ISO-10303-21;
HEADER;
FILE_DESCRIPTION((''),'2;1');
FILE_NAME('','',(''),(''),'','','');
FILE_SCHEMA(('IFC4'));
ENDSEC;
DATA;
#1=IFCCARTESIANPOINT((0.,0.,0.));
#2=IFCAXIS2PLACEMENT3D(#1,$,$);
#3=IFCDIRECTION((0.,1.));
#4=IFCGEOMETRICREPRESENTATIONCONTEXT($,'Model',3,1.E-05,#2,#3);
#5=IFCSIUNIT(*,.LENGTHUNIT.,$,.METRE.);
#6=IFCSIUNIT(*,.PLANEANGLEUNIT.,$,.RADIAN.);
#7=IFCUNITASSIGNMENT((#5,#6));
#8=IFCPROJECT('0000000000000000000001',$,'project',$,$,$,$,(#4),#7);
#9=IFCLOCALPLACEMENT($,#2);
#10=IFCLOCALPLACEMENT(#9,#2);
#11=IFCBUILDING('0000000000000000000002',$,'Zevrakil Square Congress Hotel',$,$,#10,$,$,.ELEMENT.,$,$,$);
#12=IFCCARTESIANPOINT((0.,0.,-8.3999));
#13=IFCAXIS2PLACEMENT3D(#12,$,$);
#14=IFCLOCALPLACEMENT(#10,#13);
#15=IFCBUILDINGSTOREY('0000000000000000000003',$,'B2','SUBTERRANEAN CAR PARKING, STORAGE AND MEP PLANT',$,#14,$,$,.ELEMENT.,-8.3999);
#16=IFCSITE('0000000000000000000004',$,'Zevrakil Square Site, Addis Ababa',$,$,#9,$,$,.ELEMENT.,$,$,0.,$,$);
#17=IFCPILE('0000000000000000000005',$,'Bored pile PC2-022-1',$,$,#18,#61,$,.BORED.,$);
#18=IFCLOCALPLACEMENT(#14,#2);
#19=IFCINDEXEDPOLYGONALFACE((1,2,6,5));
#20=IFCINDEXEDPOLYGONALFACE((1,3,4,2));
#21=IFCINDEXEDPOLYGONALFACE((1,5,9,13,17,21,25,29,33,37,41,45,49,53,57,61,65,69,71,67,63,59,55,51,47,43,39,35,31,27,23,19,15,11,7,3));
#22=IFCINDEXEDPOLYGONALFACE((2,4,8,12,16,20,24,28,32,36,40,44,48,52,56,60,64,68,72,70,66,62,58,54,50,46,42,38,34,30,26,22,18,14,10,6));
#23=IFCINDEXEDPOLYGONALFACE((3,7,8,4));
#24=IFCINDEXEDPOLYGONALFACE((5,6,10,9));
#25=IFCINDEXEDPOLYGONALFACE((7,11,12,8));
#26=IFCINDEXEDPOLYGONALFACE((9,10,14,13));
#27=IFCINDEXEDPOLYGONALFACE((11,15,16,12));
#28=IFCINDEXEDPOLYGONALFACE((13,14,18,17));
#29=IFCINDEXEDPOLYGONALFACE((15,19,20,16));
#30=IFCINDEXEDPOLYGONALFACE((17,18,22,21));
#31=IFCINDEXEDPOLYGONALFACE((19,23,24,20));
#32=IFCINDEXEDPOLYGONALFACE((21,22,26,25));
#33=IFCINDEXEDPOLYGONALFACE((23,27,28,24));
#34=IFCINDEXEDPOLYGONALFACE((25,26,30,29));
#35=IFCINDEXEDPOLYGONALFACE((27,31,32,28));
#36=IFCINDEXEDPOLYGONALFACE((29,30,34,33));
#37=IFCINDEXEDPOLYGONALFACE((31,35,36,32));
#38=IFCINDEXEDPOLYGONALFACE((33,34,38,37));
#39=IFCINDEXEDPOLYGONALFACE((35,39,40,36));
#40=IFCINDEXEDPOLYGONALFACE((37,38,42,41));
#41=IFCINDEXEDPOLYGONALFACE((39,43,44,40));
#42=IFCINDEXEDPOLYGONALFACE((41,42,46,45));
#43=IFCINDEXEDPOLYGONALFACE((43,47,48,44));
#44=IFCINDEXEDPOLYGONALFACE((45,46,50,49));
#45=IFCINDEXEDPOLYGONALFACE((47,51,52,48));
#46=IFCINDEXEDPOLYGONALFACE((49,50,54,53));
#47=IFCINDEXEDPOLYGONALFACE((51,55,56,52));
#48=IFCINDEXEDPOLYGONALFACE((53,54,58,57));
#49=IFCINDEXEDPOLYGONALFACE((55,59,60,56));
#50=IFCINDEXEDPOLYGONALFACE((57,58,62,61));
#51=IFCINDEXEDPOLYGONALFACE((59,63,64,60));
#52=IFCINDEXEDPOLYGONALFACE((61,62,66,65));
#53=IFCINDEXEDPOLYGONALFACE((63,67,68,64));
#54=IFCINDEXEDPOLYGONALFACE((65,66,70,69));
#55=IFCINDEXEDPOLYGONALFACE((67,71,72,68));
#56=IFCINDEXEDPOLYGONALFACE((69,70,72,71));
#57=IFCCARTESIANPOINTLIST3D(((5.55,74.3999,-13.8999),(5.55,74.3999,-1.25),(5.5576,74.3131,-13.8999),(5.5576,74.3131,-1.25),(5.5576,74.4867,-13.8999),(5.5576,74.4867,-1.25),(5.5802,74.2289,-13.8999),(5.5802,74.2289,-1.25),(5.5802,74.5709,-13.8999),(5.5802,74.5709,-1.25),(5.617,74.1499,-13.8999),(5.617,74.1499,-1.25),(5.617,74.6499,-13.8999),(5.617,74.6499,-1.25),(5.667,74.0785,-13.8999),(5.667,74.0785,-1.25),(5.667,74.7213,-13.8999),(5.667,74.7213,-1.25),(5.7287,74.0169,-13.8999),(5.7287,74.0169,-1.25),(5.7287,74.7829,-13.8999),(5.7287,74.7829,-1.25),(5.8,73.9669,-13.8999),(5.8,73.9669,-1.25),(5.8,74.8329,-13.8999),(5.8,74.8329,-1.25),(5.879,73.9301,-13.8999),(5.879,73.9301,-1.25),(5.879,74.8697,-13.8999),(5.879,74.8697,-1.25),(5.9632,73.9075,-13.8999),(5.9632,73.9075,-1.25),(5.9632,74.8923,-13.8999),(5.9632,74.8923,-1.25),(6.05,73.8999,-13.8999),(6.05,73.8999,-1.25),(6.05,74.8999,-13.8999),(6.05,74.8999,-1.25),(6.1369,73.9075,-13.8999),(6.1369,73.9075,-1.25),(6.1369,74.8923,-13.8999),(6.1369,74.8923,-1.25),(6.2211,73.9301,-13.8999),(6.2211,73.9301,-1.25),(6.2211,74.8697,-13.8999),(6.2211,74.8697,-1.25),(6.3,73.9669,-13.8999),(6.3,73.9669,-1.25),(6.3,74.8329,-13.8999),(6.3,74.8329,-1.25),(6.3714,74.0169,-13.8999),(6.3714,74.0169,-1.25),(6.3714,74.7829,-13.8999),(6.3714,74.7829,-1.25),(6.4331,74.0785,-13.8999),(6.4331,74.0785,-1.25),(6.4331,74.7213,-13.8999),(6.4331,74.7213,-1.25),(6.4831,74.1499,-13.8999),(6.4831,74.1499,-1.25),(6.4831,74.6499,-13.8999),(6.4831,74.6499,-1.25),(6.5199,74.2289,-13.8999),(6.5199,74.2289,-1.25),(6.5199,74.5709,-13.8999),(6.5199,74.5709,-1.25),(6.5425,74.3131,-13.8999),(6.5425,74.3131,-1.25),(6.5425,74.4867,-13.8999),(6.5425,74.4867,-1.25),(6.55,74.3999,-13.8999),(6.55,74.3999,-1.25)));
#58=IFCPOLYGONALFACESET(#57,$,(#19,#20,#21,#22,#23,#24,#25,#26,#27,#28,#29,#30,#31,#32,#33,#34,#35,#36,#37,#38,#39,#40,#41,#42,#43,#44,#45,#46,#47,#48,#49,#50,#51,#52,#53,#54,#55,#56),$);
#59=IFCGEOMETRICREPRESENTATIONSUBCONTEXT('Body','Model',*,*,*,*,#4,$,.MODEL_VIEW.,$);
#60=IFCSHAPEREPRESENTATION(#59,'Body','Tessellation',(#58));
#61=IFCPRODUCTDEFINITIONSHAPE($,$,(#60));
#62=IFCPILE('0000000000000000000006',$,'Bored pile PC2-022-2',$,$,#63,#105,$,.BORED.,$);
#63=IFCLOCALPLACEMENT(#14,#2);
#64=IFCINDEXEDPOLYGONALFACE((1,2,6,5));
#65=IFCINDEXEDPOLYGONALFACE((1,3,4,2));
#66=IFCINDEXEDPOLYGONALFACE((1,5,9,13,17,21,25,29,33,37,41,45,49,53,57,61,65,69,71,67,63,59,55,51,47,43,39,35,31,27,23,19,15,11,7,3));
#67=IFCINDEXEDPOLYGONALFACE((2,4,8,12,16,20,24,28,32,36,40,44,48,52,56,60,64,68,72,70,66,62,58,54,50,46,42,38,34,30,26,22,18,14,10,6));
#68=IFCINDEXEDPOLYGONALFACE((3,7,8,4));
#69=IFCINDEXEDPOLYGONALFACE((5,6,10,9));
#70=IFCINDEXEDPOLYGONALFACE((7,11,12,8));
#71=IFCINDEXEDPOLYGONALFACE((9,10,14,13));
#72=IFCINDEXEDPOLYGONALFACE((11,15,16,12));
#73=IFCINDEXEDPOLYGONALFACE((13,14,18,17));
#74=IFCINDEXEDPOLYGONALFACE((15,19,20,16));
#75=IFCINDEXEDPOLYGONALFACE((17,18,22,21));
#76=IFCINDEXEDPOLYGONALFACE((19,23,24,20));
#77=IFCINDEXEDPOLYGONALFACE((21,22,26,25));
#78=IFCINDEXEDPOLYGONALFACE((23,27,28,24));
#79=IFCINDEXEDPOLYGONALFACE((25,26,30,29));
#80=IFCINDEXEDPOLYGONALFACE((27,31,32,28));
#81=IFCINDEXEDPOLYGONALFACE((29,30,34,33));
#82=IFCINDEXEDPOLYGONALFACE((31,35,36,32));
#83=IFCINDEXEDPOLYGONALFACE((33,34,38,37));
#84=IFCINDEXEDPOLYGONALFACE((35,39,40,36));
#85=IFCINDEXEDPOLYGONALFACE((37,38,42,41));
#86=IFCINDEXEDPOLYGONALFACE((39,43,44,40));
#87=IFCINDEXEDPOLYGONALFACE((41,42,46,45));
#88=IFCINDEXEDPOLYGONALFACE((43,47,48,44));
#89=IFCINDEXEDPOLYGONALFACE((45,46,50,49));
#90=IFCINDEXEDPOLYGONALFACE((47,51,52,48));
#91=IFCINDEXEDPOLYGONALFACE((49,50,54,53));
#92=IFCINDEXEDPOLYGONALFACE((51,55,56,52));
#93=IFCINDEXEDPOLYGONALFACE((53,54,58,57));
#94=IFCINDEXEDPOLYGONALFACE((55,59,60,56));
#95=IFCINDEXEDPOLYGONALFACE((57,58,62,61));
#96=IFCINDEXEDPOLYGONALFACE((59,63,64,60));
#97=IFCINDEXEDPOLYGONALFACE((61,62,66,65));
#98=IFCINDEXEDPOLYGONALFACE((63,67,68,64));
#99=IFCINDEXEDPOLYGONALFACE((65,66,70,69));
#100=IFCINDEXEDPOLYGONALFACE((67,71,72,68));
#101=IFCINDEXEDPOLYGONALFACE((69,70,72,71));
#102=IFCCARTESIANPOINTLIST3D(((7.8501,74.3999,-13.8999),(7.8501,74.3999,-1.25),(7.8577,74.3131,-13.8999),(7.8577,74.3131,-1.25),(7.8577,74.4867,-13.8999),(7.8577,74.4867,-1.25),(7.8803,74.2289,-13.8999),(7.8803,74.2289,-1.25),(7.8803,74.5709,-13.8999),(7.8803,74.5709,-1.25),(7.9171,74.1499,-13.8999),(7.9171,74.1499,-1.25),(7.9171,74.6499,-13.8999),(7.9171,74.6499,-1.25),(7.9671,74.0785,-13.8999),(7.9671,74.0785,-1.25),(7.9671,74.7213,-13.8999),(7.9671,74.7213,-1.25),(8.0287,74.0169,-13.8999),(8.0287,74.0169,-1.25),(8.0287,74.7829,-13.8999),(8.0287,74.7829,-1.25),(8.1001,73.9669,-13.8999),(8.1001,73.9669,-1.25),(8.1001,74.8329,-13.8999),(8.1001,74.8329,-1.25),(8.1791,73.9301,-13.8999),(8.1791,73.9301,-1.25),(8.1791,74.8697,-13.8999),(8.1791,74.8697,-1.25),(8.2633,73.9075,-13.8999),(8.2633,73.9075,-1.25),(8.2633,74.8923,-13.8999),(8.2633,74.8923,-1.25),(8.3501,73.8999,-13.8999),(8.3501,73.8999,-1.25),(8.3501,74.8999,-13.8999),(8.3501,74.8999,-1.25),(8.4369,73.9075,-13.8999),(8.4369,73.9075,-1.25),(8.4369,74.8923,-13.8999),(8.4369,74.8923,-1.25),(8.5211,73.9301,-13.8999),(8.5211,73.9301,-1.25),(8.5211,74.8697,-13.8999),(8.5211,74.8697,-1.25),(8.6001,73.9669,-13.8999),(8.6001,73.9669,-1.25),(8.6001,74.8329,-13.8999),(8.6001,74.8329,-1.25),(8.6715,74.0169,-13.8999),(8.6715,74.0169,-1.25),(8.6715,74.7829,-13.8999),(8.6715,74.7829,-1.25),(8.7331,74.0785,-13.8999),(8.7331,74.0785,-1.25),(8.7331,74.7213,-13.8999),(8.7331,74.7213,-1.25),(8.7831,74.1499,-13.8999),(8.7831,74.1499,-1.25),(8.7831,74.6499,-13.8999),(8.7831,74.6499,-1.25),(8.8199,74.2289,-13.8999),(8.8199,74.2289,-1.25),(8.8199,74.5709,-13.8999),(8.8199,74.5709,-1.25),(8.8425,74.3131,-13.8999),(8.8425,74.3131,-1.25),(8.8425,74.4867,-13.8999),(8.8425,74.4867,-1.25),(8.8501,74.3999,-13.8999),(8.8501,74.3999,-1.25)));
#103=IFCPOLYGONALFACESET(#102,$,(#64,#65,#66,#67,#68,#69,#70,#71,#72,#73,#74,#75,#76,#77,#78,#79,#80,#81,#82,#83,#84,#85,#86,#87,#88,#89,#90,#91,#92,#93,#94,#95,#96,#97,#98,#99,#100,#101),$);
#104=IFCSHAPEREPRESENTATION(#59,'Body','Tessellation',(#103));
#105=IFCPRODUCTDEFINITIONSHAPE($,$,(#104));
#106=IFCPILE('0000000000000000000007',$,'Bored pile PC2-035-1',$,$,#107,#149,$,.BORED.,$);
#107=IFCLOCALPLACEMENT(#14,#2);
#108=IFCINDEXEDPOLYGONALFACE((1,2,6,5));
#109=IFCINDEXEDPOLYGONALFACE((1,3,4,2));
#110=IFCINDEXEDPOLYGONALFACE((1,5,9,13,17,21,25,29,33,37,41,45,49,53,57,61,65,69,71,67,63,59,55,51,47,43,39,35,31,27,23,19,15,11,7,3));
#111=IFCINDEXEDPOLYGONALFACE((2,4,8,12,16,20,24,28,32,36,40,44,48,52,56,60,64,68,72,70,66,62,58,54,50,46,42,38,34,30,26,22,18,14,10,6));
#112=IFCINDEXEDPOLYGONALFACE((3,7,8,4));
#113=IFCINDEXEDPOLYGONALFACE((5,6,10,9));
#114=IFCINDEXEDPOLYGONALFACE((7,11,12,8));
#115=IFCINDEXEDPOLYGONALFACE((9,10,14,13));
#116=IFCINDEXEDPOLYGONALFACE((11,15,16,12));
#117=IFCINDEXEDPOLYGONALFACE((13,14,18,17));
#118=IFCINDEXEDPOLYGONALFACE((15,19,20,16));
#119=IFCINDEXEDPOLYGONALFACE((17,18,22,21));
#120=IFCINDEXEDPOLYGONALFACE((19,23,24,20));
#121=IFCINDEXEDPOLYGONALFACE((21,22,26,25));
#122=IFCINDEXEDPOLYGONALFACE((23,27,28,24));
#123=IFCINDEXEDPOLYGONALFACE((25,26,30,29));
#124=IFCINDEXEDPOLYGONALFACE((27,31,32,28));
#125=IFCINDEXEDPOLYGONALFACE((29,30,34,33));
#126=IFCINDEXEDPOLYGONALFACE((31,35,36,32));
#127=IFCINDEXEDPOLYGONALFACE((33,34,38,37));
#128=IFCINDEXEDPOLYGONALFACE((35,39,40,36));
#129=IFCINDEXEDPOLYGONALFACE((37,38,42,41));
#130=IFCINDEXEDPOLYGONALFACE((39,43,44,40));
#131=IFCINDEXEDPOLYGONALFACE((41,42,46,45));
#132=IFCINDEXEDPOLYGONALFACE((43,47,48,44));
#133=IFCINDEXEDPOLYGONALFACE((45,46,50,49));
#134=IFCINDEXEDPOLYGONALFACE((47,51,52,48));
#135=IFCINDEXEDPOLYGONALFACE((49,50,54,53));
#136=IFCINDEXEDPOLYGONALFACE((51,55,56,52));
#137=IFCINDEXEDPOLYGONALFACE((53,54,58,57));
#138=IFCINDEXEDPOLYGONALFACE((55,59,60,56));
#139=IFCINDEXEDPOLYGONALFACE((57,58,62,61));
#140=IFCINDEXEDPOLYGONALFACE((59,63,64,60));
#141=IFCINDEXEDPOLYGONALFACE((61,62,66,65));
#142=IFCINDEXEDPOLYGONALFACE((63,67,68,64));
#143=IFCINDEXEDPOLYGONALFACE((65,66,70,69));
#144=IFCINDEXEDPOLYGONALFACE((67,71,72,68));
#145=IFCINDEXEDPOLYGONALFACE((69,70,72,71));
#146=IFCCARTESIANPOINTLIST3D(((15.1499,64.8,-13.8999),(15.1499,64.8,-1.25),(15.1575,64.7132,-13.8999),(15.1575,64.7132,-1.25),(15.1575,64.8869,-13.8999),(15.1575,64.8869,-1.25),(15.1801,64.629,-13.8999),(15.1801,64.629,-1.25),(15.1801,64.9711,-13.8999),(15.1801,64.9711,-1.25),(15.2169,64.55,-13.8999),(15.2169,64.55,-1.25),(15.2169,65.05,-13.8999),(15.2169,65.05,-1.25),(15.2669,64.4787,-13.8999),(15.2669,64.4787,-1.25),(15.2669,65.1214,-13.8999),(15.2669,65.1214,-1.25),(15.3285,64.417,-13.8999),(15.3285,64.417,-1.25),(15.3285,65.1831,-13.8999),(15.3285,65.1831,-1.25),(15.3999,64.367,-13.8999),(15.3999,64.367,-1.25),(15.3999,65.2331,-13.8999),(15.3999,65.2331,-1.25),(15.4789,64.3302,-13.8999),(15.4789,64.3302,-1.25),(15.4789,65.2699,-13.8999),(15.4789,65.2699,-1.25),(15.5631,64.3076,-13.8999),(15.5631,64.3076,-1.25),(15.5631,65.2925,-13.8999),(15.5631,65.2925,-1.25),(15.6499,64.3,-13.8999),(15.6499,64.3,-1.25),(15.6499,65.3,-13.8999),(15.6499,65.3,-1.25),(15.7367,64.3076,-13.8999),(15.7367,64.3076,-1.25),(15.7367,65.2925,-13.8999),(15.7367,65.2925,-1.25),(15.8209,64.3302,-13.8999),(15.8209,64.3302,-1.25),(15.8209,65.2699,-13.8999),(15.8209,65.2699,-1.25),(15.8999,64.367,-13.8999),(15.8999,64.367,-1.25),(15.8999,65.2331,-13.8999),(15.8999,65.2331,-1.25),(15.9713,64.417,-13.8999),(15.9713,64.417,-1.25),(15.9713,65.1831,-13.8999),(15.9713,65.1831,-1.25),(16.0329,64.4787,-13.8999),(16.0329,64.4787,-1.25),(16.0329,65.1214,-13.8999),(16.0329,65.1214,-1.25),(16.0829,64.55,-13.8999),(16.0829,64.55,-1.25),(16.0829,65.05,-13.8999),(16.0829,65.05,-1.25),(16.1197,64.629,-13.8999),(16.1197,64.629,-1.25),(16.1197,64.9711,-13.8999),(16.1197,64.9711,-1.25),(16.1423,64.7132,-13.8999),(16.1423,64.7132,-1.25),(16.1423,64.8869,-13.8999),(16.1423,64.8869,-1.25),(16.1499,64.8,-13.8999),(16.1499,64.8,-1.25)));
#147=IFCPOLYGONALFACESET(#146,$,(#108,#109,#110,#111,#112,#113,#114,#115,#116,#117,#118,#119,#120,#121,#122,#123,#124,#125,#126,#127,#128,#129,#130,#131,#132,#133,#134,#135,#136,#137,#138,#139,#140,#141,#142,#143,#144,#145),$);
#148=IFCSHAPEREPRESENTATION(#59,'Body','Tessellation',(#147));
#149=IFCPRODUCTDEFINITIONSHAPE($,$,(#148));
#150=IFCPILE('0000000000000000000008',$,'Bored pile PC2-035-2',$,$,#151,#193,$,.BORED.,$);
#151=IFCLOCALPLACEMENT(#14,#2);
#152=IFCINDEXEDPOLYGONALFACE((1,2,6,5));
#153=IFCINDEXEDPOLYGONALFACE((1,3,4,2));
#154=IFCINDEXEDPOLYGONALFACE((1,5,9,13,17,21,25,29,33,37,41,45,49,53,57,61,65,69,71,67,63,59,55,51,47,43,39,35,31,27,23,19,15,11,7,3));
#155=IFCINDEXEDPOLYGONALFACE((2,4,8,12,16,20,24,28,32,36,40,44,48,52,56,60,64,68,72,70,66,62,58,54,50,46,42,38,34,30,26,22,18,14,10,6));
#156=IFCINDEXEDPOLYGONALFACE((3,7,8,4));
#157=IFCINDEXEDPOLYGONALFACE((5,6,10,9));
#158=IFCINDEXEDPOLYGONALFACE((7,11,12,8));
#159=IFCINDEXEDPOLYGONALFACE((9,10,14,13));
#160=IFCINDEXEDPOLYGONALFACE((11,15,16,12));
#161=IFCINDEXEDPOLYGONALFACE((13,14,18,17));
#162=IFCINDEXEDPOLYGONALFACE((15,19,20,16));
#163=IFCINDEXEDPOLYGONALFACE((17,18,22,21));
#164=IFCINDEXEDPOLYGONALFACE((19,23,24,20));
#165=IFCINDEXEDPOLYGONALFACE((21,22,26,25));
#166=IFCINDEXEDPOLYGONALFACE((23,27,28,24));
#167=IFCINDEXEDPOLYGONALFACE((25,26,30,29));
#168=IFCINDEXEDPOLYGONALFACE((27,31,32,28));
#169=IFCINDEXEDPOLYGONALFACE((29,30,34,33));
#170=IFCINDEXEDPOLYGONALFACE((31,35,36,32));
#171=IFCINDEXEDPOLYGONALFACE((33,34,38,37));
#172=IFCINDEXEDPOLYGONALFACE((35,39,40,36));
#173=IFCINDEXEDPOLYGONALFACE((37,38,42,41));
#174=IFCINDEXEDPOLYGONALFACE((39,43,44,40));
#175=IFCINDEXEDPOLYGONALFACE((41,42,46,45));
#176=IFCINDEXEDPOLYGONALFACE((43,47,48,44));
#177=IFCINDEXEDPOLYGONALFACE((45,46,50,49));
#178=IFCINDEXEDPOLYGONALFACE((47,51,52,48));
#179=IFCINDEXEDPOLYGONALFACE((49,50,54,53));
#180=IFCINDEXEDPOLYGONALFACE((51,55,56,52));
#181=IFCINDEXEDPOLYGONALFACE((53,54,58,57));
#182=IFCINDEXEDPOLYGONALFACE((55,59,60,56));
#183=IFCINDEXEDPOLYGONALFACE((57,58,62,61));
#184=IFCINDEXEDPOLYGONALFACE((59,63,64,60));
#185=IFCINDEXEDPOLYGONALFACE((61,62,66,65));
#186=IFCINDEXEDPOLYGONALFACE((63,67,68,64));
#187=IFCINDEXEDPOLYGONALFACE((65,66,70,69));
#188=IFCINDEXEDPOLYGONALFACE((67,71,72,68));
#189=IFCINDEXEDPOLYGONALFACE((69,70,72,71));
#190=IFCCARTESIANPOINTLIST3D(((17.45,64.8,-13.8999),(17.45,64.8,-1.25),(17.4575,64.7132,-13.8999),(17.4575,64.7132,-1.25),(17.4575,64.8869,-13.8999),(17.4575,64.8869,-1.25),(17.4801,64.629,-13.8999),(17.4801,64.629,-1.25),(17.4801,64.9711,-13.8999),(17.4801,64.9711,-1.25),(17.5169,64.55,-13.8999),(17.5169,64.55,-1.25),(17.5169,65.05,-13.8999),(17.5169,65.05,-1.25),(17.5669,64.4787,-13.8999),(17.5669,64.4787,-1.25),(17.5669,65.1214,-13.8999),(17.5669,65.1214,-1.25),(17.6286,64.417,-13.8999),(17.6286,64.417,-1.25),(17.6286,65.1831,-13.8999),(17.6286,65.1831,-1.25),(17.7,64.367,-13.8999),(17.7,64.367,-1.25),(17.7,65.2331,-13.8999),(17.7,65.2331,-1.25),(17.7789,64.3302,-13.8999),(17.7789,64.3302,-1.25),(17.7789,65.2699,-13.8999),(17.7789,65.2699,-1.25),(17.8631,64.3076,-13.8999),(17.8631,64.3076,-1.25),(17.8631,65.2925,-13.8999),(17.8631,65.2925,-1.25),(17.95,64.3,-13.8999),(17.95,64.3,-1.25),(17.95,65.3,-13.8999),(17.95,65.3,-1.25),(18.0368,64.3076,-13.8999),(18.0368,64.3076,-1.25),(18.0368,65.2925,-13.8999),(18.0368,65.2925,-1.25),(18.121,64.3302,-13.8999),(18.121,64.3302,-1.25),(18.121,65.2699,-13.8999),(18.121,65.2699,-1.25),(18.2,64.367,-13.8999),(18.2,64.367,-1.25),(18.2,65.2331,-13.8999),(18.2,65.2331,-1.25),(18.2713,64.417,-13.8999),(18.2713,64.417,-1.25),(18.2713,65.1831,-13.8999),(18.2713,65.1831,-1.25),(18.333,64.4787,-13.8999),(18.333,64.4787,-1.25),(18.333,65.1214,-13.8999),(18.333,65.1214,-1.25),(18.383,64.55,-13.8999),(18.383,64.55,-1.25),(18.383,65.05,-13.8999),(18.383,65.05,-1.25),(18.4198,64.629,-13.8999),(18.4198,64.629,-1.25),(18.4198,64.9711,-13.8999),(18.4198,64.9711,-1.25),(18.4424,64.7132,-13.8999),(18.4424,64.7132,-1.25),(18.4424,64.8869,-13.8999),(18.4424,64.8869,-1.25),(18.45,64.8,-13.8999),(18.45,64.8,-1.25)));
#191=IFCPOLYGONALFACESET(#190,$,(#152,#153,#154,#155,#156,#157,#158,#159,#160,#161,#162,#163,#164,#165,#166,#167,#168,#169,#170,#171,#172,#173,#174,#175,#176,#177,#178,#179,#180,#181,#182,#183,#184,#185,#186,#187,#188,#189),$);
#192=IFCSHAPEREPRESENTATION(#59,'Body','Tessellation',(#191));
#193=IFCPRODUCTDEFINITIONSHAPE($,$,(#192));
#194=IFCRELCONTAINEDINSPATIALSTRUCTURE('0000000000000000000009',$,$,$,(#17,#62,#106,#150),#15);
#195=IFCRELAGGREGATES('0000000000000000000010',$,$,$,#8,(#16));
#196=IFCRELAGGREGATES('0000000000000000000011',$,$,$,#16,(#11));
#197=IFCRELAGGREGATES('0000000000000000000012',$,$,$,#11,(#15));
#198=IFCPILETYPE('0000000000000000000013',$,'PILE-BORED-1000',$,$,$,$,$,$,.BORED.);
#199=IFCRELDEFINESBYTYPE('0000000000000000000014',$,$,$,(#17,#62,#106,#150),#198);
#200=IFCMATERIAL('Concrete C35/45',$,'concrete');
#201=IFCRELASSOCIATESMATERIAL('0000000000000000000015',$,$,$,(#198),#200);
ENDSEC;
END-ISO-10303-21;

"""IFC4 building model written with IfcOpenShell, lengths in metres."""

from ifc_helpers import new_model, si_unit, direction, frame, origin, origin_2d, place, context, subcontext, project, spatial, circle, extrude, material, material_profile, profile_set, type_object, element, save


model = new_model("IFC4")

# Units and contexts
model_context = context("Model", 3, precision=1e-05, world=origin(), true_north=direction((0.0, 1.0)))
body_context = subcontext(model_context, "Body", "Model", "MODEL_VIEW")
ifc_project = project(units=[si_unit("LENGTHUNIT", "METRE"), si_unit("PLANEANGLEUNIT", "RADIAN")], contexts=[model_context])

# Site, building, storey
site_placement = place(None, origin())
site = spatial("IfcSite", under=ifc_project, at=site_placement, Name="Zevrakil Square Site, Addis Ababa", CompositionType="ELEMENT", RefElevation=0.0)
building_placement = place(site_placement, origin())
building = spatial("IfcBuilding", under=site, at=building_placement, Name="Zevrakil Square Congress Hotel", CompositionType="ELEMENT")
storey_placement = place(building_placement, frame((0.0, 0.0, -8.3999)))
storey = spatial("IfcBuildingStorey", under=building, at=storey_placement, Name="B2", Description="SUBTERRANEAN CAR PARKING, STORAGE AND MEP PLANT", CompositionType="ELEMENT", Elevation=-8.3999)

# Piles
ifc_material_1 = material(Name="Concrete C35/45", Category="concrete")
ifc_material_profile_1 = material_profile(ifc_material_1, circle(Radius=0.5, at=origin_2d()), Name="PILE D1000")
ifc_profile_set_1 = profile_set([ifc_material_profile_1], Name="Concrete C35/45")
pile_type = type_object("IfcPileType", Name="PILE-BORED-1000", PredefinedType="BORED", material=ifc_profile_set_1)
for number, where, z_axis, x_axis, name in (
    (1, (6.05, 74.3999, -1.25), (0.0, 0.0, -1.0), (1.0, 0.0, 0.0), "Bored pile PC2-022-1"),
    (2, (8.3501, 74.3999, -1.25), (0.0, 0.0, -1.0), (1.0, 0.0, 0.0), "Bored pile PC2-022-2"),
    (3, (15.6499, 64.8, -1.25), (0.0, 0.0, -1.0), (1.0, 0.0, 0.0), "Bored pile PC2-035-1"),
    (4, (17.95, 64.8, -1.25), (0.0, 0.0, -1.0), (1.0, 0.0, 0.0), "Bored pile PC2-035-2"),
):
    element("IfcPile", number, at=place(storey_placement, frame(where, z_axis=z_axis, x_axis=x_axis)), inside=storey, type_object=pile_type, Name=name, PredefinedType="BORED", context=body_context, shape_type="SweptSolid", body=[
        extrude(circle(Radius=0.5, at=origin_2d()), origin(), (0.0, 0.0, 1.0), 12.6499),
    ])

save(model, "model.ifc")
